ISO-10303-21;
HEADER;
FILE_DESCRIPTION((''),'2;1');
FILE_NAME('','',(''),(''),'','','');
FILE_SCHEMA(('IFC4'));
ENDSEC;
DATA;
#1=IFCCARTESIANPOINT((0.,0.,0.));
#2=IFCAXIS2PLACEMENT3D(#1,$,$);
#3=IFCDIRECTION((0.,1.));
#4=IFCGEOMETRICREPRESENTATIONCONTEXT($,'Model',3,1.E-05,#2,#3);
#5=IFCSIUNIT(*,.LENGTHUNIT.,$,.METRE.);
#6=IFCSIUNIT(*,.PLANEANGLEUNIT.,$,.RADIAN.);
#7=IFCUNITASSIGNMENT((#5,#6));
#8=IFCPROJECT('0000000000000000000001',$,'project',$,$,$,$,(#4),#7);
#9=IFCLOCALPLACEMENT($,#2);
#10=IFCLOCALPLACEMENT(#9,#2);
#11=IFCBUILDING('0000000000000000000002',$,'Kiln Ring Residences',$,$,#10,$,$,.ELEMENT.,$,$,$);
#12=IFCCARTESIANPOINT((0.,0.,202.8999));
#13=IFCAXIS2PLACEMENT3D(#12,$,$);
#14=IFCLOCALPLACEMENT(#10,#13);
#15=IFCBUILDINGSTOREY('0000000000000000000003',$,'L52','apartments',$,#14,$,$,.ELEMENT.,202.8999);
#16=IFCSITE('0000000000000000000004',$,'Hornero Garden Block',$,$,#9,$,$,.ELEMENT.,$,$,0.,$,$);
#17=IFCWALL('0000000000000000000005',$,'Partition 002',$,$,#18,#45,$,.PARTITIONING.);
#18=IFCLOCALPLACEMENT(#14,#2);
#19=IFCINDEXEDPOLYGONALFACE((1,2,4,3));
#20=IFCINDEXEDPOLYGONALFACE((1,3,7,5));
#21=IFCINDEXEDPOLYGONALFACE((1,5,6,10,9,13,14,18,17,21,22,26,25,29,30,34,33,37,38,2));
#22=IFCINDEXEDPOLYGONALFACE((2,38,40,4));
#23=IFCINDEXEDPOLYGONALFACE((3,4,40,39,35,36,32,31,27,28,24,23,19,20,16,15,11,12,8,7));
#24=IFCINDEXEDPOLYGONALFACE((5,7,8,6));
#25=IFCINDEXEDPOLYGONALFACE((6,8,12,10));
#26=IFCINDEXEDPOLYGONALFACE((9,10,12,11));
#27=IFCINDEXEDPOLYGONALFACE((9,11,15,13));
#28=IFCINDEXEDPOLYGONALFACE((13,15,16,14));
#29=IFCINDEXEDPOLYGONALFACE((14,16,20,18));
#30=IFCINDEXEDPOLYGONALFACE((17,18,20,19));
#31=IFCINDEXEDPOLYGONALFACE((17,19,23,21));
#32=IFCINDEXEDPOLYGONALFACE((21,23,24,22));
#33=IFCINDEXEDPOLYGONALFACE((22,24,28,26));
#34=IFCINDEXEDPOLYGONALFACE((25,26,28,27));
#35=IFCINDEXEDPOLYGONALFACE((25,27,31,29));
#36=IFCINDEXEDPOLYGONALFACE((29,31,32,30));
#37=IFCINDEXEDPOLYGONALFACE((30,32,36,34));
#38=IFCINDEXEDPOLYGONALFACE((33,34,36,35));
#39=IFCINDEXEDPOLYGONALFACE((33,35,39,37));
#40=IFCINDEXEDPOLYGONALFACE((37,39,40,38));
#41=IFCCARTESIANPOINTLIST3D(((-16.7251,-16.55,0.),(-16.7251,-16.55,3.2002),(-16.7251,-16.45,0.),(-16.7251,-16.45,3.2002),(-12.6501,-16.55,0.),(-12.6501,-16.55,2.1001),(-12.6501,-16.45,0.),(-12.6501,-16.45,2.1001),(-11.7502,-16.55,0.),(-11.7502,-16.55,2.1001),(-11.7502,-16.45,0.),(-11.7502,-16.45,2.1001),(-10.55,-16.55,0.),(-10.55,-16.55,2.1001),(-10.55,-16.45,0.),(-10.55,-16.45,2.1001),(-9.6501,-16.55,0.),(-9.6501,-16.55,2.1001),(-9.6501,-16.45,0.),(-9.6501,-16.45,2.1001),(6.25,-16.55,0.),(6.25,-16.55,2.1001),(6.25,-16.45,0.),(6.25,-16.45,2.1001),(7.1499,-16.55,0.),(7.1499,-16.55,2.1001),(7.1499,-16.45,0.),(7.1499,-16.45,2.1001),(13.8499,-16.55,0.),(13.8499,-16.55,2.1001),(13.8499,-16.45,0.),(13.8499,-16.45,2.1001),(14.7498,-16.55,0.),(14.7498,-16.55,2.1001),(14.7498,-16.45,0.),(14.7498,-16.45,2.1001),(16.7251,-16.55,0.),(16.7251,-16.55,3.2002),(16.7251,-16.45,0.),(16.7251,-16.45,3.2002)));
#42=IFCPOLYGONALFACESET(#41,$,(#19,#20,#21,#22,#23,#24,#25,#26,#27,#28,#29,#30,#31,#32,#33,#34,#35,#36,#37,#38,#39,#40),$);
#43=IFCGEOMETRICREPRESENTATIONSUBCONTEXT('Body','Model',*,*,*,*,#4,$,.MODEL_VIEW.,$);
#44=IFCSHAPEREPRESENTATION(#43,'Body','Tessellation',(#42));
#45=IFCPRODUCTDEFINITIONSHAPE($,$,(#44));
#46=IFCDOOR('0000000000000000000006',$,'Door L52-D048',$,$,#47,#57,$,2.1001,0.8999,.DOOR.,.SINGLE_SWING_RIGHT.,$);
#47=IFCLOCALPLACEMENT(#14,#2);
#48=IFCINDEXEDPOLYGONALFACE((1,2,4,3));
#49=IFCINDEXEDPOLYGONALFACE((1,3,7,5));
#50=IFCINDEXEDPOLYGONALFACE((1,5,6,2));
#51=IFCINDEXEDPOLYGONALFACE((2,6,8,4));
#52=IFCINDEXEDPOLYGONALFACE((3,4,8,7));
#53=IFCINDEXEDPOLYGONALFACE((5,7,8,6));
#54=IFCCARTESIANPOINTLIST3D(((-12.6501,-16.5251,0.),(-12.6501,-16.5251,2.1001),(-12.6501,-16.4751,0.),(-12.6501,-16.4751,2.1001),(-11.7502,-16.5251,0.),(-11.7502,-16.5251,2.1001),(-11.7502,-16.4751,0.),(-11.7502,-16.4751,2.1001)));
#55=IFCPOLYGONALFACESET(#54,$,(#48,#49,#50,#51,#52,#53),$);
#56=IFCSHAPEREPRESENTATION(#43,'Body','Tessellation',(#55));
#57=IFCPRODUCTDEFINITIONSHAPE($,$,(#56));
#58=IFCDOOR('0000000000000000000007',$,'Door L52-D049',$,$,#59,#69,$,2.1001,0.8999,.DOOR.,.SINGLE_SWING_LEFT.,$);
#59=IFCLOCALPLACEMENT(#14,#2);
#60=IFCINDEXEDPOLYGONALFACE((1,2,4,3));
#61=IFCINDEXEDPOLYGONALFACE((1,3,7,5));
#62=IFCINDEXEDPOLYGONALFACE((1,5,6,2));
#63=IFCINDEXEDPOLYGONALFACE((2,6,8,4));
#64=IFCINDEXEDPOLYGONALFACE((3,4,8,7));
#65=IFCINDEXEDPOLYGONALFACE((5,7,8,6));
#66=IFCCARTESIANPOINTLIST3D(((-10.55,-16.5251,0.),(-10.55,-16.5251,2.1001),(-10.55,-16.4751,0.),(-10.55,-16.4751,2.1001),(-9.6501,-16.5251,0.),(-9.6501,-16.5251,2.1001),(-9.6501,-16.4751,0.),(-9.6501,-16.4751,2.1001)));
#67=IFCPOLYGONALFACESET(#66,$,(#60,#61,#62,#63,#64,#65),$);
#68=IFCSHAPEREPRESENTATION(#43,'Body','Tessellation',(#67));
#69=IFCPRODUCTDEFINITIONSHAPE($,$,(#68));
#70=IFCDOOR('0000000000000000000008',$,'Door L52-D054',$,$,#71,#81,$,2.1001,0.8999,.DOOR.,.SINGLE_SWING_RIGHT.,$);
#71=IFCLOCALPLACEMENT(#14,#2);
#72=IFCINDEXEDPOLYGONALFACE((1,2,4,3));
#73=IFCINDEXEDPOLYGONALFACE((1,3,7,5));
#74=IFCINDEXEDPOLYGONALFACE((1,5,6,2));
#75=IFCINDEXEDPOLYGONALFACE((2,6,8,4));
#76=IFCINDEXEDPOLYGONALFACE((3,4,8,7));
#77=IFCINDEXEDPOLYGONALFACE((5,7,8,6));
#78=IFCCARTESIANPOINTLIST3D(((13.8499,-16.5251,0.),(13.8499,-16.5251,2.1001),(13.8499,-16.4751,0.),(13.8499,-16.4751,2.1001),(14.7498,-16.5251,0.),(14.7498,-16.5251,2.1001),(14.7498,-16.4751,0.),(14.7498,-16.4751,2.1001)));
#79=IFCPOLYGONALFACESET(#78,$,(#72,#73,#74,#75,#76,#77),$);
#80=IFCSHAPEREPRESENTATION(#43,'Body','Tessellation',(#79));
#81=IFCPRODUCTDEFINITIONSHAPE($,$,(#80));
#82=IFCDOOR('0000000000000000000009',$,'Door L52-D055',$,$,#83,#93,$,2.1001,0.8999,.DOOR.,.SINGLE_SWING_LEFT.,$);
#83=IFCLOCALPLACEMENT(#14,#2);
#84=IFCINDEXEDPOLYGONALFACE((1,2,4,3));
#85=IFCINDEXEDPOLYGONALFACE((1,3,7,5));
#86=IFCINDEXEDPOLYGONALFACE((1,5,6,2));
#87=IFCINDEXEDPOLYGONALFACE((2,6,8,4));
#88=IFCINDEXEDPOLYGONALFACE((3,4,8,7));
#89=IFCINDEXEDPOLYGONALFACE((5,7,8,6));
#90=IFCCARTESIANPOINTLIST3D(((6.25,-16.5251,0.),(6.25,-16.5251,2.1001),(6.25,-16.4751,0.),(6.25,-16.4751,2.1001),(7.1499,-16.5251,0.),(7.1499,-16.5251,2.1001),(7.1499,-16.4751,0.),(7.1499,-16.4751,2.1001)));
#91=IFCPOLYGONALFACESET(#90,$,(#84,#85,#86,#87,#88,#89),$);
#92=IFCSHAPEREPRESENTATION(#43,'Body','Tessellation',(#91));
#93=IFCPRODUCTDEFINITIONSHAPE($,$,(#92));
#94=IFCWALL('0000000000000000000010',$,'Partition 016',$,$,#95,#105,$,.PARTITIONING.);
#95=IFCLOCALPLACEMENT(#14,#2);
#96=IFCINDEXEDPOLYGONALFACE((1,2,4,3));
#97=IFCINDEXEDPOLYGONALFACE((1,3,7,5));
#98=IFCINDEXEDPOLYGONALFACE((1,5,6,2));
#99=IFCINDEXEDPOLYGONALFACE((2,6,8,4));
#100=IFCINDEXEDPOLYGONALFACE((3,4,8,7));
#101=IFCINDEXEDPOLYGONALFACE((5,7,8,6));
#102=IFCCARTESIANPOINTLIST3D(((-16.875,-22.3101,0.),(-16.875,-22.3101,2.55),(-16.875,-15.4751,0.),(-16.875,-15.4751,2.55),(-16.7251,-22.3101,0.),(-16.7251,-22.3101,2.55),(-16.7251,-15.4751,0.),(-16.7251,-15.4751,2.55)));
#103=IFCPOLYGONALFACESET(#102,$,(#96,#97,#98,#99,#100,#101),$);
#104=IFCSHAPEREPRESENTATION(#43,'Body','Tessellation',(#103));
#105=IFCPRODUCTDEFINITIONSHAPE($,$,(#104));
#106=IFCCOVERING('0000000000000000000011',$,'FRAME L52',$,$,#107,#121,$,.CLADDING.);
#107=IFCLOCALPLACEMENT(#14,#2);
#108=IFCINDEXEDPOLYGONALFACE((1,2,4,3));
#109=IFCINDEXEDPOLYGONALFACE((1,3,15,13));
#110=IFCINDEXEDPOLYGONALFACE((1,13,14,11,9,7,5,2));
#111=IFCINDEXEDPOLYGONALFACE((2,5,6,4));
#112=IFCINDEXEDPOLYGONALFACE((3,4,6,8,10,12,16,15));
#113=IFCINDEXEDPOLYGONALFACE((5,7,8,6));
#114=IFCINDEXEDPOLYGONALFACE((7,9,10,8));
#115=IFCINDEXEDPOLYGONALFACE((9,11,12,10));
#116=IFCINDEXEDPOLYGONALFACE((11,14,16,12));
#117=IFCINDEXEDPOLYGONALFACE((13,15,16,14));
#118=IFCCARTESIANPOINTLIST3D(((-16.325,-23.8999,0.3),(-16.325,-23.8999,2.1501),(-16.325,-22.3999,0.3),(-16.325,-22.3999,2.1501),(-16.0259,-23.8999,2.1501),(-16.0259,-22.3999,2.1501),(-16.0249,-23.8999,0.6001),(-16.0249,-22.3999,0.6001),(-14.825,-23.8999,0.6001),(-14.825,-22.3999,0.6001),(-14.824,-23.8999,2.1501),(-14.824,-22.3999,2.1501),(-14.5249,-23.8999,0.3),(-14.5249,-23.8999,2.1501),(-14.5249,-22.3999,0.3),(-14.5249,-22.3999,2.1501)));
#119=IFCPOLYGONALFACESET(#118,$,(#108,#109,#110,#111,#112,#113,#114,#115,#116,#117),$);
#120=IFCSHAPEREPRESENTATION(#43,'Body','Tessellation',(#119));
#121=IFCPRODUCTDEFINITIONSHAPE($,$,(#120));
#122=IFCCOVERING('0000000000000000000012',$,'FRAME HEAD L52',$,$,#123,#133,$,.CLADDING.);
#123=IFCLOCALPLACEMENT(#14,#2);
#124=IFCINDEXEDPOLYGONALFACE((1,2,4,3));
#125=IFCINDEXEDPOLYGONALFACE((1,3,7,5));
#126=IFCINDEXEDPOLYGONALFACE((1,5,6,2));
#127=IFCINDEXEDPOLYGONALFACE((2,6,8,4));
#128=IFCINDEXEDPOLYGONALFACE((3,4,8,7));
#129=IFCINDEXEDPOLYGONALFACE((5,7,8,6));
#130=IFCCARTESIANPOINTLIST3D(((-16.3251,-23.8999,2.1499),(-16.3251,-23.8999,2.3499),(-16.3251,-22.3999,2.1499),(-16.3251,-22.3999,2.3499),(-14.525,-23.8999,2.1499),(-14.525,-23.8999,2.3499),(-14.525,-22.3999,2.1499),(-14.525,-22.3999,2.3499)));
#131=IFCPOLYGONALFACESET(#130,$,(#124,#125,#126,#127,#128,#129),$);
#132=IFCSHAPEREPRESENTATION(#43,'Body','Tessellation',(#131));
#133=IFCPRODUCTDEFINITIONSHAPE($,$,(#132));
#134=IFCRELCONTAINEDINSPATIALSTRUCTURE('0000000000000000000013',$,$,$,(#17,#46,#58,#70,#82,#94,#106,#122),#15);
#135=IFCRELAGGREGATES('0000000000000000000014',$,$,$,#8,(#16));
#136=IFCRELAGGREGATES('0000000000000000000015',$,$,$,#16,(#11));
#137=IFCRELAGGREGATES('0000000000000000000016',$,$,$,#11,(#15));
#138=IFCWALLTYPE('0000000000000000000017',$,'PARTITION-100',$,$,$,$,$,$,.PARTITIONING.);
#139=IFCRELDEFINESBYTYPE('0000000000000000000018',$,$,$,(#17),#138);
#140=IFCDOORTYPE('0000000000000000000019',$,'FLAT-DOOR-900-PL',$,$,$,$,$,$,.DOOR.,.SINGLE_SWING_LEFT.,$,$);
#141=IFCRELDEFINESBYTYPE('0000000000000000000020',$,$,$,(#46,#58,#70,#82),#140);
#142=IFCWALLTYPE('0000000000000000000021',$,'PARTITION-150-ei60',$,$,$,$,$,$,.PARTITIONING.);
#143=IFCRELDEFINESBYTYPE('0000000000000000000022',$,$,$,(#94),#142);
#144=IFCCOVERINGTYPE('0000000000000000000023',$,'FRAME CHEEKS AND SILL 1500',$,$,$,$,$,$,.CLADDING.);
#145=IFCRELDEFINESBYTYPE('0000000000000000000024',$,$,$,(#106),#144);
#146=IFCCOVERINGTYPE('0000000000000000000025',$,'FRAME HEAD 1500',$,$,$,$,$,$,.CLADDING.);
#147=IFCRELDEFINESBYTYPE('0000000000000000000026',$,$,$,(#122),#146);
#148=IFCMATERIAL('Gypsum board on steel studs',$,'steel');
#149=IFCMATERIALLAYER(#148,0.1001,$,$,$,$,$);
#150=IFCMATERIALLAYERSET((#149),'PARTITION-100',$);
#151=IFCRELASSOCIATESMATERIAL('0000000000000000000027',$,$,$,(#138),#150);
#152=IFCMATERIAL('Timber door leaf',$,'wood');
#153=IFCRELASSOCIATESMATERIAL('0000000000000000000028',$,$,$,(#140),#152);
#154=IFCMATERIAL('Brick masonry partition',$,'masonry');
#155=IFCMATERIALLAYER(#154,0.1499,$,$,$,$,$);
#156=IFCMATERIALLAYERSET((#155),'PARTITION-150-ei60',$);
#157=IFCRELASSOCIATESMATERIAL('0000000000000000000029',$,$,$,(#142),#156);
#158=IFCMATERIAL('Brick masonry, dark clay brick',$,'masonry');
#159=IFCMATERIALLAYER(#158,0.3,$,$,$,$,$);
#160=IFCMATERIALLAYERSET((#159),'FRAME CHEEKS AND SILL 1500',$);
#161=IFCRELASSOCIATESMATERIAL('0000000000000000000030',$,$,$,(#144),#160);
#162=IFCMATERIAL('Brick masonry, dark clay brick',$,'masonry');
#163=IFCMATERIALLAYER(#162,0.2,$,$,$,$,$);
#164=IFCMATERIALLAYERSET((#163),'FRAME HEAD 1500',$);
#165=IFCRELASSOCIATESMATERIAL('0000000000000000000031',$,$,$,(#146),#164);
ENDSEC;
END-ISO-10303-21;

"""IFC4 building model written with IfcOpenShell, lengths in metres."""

from ifc_helpers import new_model, si_unit, direction, frame, frame_2d, origin, origin_2d, place, context, subcontext, project, spatial, polyline, rectangle, outline, extrude, material, layer, layer_set, type_object, element, fill, save


model = new_model("IFC4")

# Units and contexts
model_context = context("Model", 3, precision=1e-05, world=origin(), true_north=direction((0.0, 1.0)))
body_context = subcontext(model_context, "Body", "Model", "MODEL_VIEW")
ifc_project = project(units=[si_unit("LENGTHUNIT", "METRE"), si_unit("PLANEANGLEUNIT", "RADIAN")], contexts=[model_context])

# Site, building, storey
site_placement = place(None, origin())
site = spatial("IfcSite", under=ifc_project, at=site_placement, Name="Hornero Garden Block", CompositionType="ELEMENT", RefElevation=0.0)
building_placement = place(site_placement, origin())
building = spatial("IfcBuilding", under=site, at=building_placement, Name="Kiln Ring Residences", CompositionType="ELEMENT")
storey_placement = place(building_placement, frame((0.0, 0.0, 202.8999)))
storey = spatial("IfcBuildingStorey", under=building, at=storey_placement, Name="L52", Description="apartments", CompositionType="ELEMENT", Elevation=202.8999)

# Wall, openings, doors
ifc_material_1 = material(Name="Gypsum board on steel studs", Category="steel")
ifc_layer_1 = layer(ifc_material_1, 0.1001)
ifc_layer_set_1 = layer_set([ifc_layer_1], Name="PARTITION-100")
wall_type_1 = type_object("IfcWallType", Name="PARTITION-100", PredefinedType="PARTITIONING", material=ifc_layer_set_1)
wall_1_placement = place(storey_placement, frame((-16.7251, -16.5, 0.0), z_axis=(0.0, 0.0, 1.0), x_axis=(1.0, 0.0, 0.0)))
wall_1 = element("IfcWall", 1, at=wall_1_placement, inside=storey, type_object=wall_type_1, Name="Partition 002", PredefinedType="PARTITIONING", context=body_context, shape_type="SweptSolid", body=[
    extrude(rectangle(XDim=33.4502, YDim=0.1001, at=frame_2d((16.7251, 0.0))), origin(), (0.0, 0.0, 1.0), 3.2002),
])
opening_1_placement = place(wall_1_placement, frame((4.075, 0.0, 0.0)))
opening_1 = element("IfcOpeningElement", 2, at=opening_1_placement, cuts=wall_1, PredefinedType="OPENING", context=body_context, shape_type="SweptSolid", body=[
    extrude(rectangle(XDim=0.8999, YDim=2.1001, at=frame_2d((0.45, 1.05))), frame((0.0, 0.0601, 0.0), z_axis=(0.0, -1.0, 0.0), x_axis=(1.0, 0.0, 0.0)), (0.0, 0.0, 1.0), 0.1201),
])
opening_2_placement = place(wall_1_placement, frame((6.175, 0.0, 0.0)))
opening_2 = element("IfcOpeningElement", 3, at=opening_2_placement, cuts=wall_1, PredefinedType="OPENING", context=body_context, shape_type="SweptSolid", body=[
    extrude(rectangle(XDim=0.8999, YDim=2.1001, at=frame_2d((0.45, 1.05))), frame((0.0, 0.0601, 0.0), z_axis=(0.0, -1.0, 0.0), x_axis=(1.0, 0.0, 0.0)), (0.0, 0.0, 1.0), 0.1201),
])
opening_3_placement = place(wall_1_placement, frame((30.575, 0.0, 0.0)))
opening_3 = element("IfcOpeningElement", 4, at=opening_3_placement, cuts=wall_1, PredefinedType="OPENING", context=body_context, shape_type="SweptSolid", body=[
    extrude(rectangle(XDim=0.8999, YDim=2.1001, at=frame_2d((0.45, 1.05))), frame((0.0, 0.0601, 0.0), z_axis=(0.0, -1.0, 0.0), x_axis=(1.0, 0.0, 0.0)), (0.0, 0.0, 1.0), 0.1201),
])
opening_4_placement = place(wall_1_placement, frame((22.9751, 0.0, 0.0)))
opening_4 = element("IfcOpeningElement", 5, at=opening_4_placement, cuts=wall_1, PredefinedType="OPENING", context=body_context, shape_type="SweptSolid", body=[
    extrude(rectangle(XDim=0.8999, YDim=2.1001, at=frame_2d((0.45, 1.05))), frame((0.0, 0.0601, 0.0), z_axis=(0.0, -1.0, 0.0), x_axis=(1.0, 0.0, 0.0)), (0.0, 0.0, 1.0), 0.1201),
])
ifc_material_2 = material(Name="Timber door leaf", Category="wood")
door_type = type_object("IfcDoorType", Name="FLAT-DOOR-900-PL", OperationType="SINGLE_SWING_LEFT", PredefinedType="DOOR", material=ifc_material_2)
door_1_placement = place(opening_1_placement, origin())
door_1 = element("IfcDoor", 6, at=door_1_placement, inside=storey, type_object=door_type, Name="Door L52-D048", OperationType="SINGLE_SWING_RIGHT", OverallHeight=2.1001, OverallWidth=0.8999, PredefinedType="DOOR", context=body_context, shape_type="SweptSolid", body=[
    extrude(rectangle(XDim=0.8999, YDim=2.1001, at=frame_2d((0.45, 1.05))), frame((0.0, 0.0249, 0.0), z_axis=(0.0, -1.0, 0.0), x_axis=(1.0, 0.0, 0.0)), (0.0, 0.0, 1.0), 0.05),
])
fill(opening_1, door_1)
door_2_placement = place(opening_2_placement, origin())
door_2 = element("IfcDoor", 7, at=door_2_placement, inside=storey, type_object=door_type, Name="Door L52-D049", OperationType="SINGLE_SWING_LEFT", OverallHeight=2.1001, OverallWidth=0.8999, PredefinedType="DOOR", context=body_context, shape_type="SweptSolid", body=[
    extrude(rectangle(XDim=0.8999, YDim=2.1001, at=frame_2d((0.45, 1.05))), frame((0.0, 0.0249, 0.0), z_axis=(0.0, -1.0, 0.0), x_axis=(1.0, 0.0, 0.0)), (0.0, 0.0, 1.0), 0.05),
])
fill(opening_2, door_2)
door_3_placement = place(opening_3_placement, origin())
door_3 = element("IfcDoor", 8, at=door_3_placement, inside=storey, type_object=door_type, Name="Door L52-D054", OperationType="SINGLE_SWING_RIGHT", OverallHeight=2.1001, OverallWidth=0.8999, PredefinedType="DOOR", context=body_context, shape_type="SweptSolid", body=[
    extrude(rectangle(XDim=0.8999, YDim=2.1001, at=frame_2d((0.45, 1.05))), frame((0.0, 0.0249, 0.0), z_axis=(0.0, -1.0, 0.0), x_axis=(1.0, 0.0, 0.0)), (0.0, 0.0, 1.0), 0.05),
])
fill(opening_3, door_3)
door_4_placement = place(opening_4_placement, origin())
door_4 = element("IfcDoor", 9, at=door_4_placement, inside=storey, type_object=door_type, Name="Door L52-D055", OperationType="SINGLE_SWING_LEFT", OverallHeight=2.1001, OverallWidth=0.8999, PredefinedType="DOOR", context=body_context, shape_type="SweptSolid", body=[
    extrude(rectangle(XDim=0.8999, YDim=2.1001, at=frame_2d((0.45, 1.05))), frame((0.0, 0.0249, 0.0), z_axis=(0.0, -1.0, 0.0), x_axis=(1.0, 0.0, 0.0)), (0.0, 0.0, 1.0), 0.05),
])
fill(opening_4, door_4)

# Wall
ifc_material_3 = material(Name="Brick masonry partition", Category="masonry")
ifc_layer_2 = layer(ifc_material_3, 0.1499)
ifc_layer_set_2 = layer_set([ifc_layer_2], Name="PARTITION-150-ei60")
wall_type_2 = type_object("IfcWallType", Name="PARTITION-150-ei60", PredefinedType="PARTITIONING", material=ifc_layer_set_2)
wall_2_placement = place(storey_placement, frame((-16.8, -22.3101, 0.0), z_axis=(0.0, 0.0, 1.0), x_axis=(0.0, 1.0, 0.0)))
element("IfcWall", 10, at=wall_2_placement, inside=storey, type_object=wall_type_2, Name="Partition 016", PredefinedType="PARTITIONING", context=body_context, shape_type="SweptSolid", body=[
    extrude(rectangle(XDim=6.835, YDim=0.1499, at=frame_2d((3.4175, 0.0))), origin(), (0.0, 0.0, 1.0), 2.55),
])

# Coverings
ifc_material_4 = material(Name="Brick masonry, dark clay brick", Category="masonry")
ifc_layer_3 = layer(ifc_material_4, 0.3)
ifc_layer_set_3 = layer_set([ifc_layer_3], Name="FRAME CHEEKS AND SILL 1500")
covering_type_1 = type_object("IfcCoveringType", Name="FRAME CHEEKS AND SILL 1500", PredefinedType="CLADDING", material=ifc_layer_set_3)
covering_1_placement = place(storey_placement, frame((-16.325, -23.1499, 0.3), z_axis=(0.0, 0.0, 1.0), x_axis=(1.0, 0.0, 0.0)))
element("IfcCovering", 11, at=covering_1_placement, inside=storey, type_object=covering_type_1, Name="FRAME L52", PredefinedType="CLADDING", context=body_context, shape_type="SweptSolid", body=[
    extrude(outline(polyline([(0.0, 0.0), (1.8, 0.0), (1.8, 1.8501), (1.501, 1.8501), (1.5, 0.3), (0.3, 0.3), (0.2991, 1.8501), (0.0, 1.8501), (0.0, 0.0)])), frame((0.0, 0.75, 0.0), z_axis=(0.0, -1.0, 0.0), x_axis=(1.0, 0.0, 0.0)), (0.0, 0.0, 1.0), 1.5),
])
ifc_material_5 = material(Name="Brick masonry, dark clay brick", Category="masonry")
ifc_layer_4 = layer(ifc_material_5, 0.2)
ifc_layer_set_4 = layer_set([ifc_layer_4], Name="FRAME HEAD 1500")
covering_type_2 = type_object("IfcCoveringType", Name="FRAME HEAD 1500", PredefinedType="CLADDING", material=ifc_layer_set_4)
covering_2_placement = place(storey_placement, frame((-15.425, -23.1499, 2.1499), z_axis=(0.0, 0.0, 1.0), x_axis=(1.0, 0.0, 0.0)))
element("IfcCovering", 12, at=covering_2_placement, inside=storey, type_object=covering_type_2, Name="FRAME HEAD L52", PredefinedType="CLADDING", context=body_context, shape_type="SweptSolid", body=[
    extrude(rectangle(XDim=1.8, YDim=1.5, at=origin_2d()), origin(), (0.0, 0.0, 1.0), 0.2),
])

save(model, "model.ifc")
